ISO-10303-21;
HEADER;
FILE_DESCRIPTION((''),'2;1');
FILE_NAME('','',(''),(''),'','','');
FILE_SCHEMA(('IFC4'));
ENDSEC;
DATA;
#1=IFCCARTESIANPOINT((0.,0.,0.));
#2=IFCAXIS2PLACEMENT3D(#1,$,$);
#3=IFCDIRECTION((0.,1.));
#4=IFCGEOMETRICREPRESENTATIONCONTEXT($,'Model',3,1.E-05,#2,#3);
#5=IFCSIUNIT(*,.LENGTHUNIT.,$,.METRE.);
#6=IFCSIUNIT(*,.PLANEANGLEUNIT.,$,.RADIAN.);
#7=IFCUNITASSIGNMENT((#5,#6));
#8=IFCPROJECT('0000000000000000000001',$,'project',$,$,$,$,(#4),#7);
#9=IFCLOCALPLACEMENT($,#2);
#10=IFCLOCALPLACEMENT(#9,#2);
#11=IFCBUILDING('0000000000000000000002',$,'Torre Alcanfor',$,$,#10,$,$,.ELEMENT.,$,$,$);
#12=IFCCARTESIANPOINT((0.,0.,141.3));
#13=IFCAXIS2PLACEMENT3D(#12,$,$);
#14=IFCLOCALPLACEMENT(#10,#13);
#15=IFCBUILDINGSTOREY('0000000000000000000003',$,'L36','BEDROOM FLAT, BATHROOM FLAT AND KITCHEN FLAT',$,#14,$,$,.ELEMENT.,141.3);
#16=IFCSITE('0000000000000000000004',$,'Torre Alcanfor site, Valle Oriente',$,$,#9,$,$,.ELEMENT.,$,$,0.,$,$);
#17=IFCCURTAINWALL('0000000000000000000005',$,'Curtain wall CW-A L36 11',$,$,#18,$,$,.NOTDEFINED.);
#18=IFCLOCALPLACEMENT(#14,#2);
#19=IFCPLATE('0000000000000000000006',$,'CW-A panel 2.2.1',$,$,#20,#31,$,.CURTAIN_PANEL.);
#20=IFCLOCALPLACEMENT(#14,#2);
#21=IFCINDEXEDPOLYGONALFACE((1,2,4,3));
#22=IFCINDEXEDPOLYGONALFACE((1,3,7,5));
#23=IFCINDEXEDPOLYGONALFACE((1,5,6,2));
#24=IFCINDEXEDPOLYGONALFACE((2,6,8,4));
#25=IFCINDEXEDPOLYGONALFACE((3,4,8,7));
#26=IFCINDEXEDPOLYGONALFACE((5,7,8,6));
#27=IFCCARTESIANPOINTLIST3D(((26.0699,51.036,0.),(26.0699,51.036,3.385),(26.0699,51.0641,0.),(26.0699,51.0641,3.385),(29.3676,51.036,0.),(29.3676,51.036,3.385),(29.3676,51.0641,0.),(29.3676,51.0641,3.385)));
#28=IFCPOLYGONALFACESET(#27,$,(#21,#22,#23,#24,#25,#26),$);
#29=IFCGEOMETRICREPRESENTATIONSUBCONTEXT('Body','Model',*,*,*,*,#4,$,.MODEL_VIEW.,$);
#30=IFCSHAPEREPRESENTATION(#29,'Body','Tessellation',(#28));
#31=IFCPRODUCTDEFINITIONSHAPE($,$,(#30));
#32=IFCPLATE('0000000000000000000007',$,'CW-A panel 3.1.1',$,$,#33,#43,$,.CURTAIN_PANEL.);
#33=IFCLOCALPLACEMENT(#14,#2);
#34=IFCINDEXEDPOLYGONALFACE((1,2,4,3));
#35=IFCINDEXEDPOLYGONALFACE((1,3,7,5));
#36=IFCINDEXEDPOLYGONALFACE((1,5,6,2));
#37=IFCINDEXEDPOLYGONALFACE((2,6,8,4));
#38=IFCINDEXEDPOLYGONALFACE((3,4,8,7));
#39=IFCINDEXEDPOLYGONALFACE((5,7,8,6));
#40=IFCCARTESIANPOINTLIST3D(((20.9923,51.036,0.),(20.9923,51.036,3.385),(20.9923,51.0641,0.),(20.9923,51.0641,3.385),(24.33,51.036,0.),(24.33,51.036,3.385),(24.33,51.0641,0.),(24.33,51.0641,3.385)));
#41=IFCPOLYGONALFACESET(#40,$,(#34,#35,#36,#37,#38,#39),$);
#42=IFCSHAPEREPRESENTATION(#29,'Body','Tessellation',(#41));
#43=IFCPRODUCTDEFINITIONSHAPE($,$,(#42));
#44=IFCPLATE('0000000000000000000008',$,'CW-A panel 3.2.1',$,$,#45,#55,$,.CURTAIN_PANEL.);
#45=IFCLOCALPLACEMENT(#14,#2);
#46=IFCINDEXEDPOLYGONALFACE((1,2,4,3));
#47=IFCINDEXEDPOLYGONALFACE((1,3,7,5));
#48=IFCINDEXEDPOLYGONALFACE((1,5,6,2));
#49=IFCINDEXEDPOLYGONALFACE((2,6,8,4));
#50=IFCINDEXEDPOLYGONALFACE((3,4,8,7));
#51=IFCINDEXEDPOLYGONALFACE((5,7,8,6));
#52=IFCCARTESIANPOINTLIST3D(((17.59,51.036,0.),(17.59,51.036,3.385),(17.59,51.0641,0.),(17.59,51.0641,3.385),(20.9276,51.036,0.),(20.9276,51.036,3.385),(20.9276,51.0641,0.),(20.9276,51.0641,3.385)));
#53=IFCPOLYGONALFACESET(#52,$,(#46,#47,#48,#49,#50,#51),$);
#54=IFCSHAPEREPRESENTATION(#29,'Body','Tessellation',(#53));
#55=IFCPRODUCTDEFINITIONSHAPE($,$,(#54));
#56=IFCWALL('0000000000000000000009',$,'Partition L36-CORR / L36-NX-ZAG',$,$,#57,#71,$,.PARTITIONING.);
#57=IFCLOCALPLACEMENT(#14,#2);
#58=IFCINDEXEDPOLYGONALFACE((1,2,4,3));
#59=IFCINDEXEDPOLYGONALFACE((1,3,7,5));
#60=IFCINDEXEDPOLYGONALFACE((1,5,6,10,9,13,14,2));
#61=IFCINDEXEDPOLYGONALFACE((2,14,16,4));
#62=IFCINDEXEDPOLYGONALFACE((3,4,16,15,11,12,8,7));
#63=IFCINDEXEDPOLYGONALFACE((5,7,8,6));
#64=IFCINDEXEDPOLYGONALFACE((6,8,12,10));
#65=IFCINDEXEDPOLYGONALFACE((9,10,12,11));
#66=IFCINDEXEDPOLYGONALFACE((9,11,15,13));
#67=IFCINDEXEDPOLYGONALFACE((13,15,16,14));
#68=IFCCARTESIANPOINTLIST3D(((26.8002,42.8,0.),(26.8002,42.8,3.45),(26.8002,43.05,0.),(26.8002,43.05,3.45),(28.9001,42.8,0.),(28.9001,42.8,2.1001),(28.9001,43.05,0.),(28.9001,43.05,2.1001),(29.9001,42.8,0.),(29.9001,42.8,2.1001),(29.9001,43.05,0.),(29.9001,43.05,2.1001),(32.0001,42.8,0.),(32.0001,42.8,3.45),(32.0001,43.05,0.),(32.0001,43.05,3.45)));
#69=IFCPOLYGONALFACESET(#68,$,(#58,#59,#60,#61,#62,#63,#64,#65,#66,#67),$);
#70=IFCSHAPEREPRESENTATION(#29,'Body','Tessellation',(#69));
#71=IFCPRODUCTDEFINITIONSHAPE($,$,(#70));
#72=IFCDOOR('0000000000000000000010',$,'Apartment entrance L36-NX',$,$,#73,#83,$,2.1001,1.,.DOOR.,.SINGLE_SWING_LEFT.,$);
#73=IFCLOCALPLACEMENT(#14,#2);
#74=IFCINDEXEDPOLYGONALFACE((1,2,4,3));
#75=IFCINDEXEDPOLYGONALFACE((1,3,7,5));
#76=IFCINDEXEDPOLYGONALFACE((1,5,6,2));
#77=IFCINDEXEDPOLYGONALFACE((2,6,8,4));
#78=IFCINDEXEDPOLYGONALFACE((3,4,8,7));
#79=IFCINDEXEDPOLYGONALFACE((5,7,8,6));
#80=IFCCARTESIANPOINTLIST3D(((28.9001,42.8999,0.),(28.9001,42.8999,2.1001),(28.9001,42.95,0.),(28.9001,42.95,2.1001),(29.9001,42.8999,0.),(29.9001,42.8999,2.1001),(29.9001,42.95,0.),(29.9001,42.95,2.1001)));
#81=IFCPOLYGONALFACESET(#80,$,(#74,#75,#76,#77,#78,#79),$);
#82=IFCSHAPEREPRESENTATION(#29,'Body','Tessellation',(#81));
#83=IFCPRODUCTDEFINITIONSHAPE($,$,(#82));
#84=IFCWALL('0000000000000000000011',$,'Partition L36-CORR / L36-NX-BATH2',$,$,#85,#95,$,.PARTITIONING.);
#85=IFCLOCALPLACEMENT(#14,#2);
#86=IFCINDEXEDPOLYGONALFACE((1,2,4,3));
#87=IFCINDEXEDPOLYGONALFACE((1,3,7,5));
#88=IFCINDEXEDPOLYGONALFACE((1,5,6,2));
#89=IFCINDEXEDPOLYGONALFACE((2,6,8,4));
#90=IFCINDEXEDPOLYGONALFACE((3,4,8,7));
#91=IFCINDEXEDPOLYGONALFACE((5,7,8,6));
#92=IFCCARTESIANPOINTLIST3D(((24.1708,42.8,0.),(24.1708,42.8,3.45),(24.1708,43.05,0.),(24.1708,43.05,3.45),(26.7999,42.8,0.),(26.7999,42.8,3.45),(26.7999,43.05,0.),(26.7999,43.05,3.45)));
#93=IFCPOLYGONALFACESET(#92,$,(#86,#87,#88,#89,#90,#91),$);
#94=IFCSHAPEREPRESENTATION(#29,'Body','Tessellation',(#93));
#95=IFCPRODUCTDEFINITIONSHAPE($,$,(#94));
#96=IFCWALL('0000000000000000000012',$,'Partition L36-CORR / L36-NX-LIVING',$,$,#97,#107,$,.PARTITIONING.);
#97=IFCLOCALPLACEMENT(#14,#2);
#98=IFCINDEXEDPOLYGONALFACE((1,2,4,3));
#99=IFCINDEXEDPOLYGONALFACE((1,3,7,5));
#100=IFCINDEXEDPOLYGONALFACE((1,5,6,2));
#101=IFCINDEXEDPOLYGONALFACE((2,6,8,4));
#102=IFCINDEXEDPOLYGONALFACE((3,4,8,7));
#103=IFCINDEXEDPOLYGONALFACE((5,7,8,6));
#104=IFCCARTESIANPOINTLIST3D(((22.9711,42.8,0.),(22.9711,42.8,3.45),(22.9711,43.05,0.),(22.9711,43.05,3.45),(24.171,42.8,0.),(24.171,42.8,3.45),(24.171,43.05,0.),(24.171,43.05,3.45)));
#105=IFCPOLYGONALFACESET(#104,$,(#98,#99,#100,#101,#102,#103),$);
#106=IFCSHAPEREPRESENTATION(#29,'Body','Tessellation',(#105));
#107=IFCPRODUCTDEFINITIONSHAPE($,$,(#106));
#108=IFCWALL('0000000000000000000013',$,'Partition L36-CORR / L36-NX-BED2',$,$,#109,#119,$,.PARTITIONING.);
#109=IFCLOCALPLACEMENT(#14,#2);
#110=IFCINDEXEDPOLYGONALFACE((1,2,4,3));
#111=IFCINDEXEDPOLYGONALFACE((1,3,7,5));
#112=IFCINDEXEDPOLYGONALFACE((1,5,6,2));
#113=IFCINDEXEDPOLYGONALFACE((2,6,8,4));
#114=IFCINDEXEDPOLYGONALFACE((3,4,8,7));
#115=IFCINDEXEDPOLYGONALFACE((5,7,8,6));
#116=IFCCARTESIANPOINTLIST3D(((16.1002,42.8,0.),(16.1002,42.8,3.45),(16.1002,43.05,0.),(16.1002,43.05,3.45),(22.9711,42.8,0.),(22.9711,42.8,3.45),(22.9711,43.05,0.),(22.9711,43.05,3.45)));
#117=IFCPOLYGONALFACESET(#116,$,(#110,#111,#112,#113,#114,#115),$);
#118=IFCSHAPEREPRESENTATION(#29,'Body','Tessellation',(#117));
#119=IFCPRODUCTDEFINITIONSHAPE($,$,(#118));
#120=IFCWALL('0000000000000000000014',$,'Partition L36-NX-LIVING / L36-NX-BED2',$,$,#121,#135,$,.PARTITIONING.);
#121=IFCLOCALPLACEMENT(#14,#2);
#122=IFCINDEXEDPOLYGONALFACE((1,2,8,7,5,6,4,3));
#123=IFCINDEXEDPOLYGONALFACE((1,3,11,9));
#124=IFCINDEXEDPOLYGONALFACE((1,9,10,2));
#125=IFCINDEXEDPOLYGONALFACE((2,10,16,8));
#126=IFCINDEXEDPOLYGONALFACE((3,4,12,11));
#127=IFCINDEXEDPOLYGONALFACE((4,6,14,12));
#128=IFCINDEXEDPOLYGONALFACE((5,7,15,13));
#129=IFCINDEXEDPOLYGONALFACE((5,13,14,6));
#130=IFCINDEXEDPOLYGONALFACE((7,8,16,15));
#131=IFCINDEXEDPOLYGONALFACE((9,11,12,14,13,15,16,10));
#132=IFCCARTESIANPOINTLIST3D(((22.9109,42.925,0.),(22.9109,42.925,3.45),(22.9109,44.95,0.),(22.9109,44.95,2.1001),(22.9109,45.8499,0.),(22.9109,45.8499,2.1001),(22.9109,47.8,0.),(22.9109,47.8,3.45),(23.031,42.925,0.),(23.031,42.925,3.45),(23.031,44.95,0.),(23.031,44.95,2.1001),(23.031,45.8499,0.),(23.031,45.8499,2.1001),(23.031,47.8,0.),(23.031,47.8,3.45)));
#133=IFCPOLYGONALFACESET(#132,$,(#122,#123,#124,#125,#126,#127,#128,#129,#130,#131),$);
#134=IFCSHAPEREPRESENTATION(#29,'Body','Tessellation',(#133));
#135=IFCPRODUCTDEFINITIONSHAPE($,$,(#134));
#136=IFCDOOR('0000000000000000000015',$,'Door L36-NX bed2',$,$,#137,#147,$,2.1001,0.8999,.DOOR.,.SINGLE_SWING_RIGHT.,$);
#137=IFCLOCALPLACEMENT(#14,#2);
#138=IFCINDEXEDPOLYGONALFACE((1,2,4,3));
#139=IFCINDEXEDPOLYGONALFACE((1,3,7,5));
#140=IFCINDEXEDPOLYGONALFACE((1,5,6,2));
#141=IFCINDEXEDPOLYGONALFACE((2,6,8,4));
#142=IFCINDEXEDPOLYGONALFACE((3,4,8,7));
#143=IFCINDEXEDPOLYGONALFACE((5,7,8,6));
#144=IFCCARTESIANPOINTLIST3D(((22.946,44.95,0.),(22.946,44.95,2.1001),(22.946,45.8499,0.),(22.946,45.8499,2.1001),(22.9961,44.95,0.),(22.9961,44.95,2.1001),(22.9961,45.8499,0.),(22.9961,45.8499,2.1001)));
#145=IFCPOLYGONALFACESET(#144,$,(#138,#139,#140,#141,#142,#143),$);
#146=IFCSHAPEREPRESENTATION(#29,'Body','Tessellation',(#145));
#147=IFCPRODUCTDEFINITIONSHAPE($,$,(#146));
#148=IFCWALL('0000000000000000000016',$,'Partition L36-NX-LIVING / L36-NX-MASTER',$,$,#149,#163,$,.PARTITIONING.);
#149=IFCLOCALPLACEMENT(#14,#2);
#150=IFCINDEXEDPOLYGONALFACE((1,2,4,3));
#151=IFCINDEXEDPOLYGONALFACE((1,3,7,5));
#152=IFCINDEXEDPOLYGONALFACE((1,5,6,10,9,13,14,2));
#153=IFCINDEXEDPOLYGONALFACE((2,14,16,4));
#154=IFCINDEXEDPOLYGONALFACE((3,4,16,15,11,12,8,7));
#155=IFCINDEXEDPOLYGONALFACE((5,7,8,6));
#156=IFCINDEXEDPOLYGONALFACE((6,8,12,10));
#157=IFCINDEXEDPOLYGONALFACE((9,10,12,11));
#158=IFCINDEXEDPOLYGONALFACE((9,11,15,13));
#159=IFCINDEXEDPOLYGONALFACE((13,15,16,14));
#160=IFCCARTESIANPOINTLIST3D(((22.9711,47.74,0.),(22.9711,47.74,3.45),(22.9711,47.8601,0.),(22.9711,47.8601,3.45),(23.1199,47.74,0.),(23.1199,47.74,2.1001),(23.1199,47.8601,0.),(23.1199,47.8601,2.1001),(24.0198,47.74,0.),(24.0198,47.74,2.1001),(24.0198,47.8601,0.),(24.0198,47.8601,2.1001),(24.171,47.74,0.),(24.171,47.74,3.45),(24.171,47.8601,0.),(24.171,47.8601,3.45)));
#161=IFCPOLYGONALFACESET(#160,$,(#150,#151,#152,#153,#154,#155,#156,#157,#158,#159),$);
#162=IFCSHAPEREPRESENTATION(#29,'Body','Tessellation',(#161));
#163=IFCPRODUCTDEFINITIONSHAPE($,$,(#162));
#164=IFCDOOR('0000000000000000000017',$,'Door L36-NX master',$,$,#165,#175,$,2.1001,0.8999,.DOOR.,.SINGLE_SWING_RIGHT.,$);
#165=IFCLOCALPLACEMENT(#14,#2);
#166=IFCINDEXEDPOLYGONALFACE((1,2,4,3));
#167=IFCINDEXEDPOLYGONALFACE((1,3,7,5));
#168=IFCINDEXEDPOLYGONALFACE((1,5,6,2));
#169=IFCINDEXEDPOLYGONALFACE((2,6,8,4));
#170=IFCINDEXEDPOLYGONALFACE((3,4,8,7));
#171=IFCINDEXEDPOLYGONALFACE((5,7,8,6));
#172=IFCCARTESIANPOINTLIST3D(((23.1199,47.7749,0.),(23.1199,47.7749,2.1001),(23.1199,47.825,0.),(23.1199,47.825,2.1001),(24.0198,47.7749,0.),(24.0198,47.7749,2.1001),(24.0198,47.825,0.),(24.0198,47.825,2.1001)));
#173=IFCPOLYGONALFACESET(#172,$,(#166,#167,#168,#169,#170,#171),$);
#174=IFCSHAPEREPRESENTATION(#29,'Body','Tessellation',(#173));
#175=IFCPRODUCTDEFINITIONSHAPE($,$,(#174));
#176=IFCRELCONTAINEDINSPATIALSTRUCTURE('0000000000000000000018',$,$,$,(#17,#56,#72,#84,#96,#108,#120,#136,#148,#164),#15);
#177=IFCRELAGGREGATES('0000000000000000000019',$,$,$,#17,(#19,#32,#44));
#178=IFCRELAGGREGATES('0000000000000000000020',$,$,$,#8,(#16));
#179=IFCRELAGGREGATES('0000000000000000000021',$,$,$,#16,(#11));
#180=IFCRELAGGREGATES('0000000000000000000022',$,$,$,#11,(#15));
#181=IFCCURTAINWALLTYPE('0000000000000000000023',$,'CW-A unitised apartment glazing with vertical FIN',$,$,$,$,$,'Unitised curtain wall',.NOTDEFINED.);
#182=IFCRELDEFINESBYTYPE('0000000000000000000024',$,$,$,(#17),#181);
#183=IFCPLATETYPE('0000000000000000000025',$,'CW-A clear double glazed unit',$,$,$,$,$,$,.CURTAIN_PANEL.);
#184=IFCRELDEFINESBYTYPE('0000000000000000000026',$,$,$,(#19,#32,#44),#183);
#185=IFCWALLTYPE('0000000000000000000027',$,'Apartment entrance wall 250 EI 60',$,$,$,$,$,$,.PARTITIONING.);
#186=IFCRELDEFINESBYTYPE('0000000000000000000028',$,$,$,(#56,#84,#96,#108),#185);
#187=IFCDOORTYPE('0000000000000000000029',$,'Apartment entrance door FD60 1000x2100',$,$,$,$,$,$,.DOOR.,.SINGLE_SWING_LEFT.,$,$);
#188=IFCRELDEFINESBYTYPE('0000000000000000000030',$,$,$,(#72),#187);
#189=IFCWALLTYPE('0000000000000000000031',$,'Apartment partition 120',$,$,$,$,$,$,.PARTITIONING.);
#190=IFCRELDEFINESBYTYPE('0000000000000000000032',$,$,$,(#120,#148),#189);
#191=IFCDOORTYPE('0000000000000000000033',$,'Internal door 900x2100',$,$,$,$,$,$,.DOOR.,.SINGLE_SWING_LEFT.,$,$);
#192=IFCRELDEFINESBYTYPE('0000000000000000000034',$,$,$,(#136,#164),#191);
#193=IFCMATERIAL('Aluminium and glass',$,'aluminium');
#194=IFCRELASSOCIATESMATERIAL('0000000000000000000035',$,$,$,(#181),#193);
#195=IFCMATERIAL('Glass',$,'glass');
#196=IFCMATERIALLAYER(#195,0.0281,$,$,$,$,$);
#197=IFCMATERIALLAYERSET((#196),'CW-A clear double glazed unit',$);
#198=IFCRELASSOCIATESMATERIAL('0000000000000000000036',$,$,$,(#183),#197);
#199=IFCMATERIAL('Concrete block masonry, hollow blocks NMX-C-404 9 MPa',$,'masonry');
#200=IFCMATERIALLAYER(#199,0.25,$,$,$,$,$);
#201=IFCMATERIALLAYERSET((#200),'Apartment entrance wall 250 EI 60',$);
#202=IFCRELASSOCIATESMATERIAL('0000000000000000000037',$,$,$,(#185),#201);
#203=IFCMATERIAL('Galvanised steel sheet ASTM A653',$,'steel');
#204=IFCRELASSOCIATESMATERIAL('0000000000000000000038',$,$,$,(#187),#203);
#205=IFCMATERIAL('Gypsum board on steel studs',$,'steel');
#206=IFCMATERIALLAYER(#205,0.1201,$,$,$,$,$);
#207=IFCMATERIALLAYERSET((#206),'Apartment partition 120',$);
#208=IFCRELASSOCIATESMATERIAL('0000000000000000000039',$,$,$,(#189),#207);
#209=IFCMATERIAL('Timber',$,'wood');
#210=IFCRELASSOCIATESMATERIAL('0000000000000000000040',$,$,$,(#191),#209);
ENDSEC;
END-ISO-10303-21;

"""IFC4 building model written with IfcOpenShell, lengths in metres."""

from ifc_helpers import new_model, si_unit, direction, frame, frame_2d, origin, origin_2d, place, context, subcontext, project, spatial, rectangle, extrude, material, layer, layer_set, type_object, element, fill, aggregate, save


model = new_model("IFC4")

# Units and contexts
model_context = context("Model", 3, precision=1e-05, world=origin(), true_north=direction((0.0, 1.0)))
body_context = subcontext(model_context, "Body", "Model", "MODEL_VIEW")
ifc_project = project(units=[si_unit("LENGTHUNIT", "METRE"), si_unit("PLANEANGLEUNIT", "RADIAN")], contexts=[model_context])

# Site, building, storey
site_placement = place(None, origin())
site = spatial("IfcSite", under=ifc_project, at=site_placement, Name="Torre Alcanfor site, Valle Oriente", CompositionType="ELEMENT", RefElevation=0.0)
building_placement = place(site_placement, origin())
building = spatial("IfcBuilding", under=site, at=building_placement, Name="Torre Alcanfor", CompositionType="ELEMENT")
storey_placement = place(building_placement, frame((0.0, 0.0, 141.3)))
storey = spatial("IfcBuildingStorey", under=building, at=storey_placement, Name="L36", Description="BEDROOM FLAT, BATHROOM FLAT AND KITCHEN FLAT", CompositionType="ELEMENT", Elevation=141.3)

# Curtain wall
ifc_material_1 = material(Name="Aluminium and glass", Category="aluminium")
curtain_wall_type = type_object("IfcCurtainWallType", Name="CW-A unitised apartment glazing with vertical FIN", ElementType="Unitised curtain wall", PredefinedType="NOTDEFINED", material=ifc_material_1)
curtain_wall_placement = place(storey_placement, origin())
curtain_wall = element("IfcCurtainWall", 1, at=curtain_wall_placement, inside=storey, type_object=curtain_wall_type, Name="Curtain wall CW-A L36 11", PredefinedType="NOTDEFINED")

# Plates
ifc_material_2 = material(Name="Glass", Category="glass")
ifc_layer_1 = layer(ifc_material_2, 0.0281)
ifc_layer_set_1 = layer_set([ifc_layer_1], Name="CW-A clear double glazed unit")
plate_type = type_object("IfcPlateType", Name="CW-A clear double glazed unit", PredefinedType="CURTAIN_PANEL", material=ifc_layer_set_1)
plate_1_placement = place(storey_placement, frame((27.7188, 51.05, 0.0), z_axis=(0.0, 0.0, 1.0), x_axis=(-1.0, 0.0, 0.0)))
plate_1 = element("IfcPlate", 2, at=plate_1_placement, type_object=plate_type, Name="CW-A panel 2.2.1", PredefinedType="CURTAIN_PANEL", context=body_context, shape_type="SweptSolid", body=[
    extrude(rectangle(XDim=3.2976, YDim=0.0281, at=origin_2d()), origin(), (0.0, 0.0, 1.0), 3.385),
])
plate_2_placement = place(storey_placement, frame((22.6611, 51.05, 0.0), z_axis=(0.0, 0.0, 1.0), x_axis=(-1.0, 0.0, 0.0)))
plate_2 = element("IfcPlate", 3, at=plate_2_placement, type_object=plate_type, Name="CW-A panel 3.1.1", PredefinedType="CURTAIN_PANEL", context=body_context, shape_type="SweptSolid", body=[
    extrude(rectangle(XDim=3.3376, YDim=0.0281, at=origin_2d()), origin(), (0.0, 0.0, 1.0), 3.385),
])
plate_3_placement = place(storey_placement, frame((19.2588, 51.05, 0.0), z_axis=(0.0, 0.0, 1.0), x_axis=(-1.0, 0.0, 0.0)))
plate_3 = element("IfcPlate", 4, at=plate_3_placement, type_object=plate_type, Name="CW-A panel 3.2.1", PredefinedType="CURTAIN_PANEL", context=body_context, shape_type="SweptSolid", body=[
    extrude(rectangle(XDim=3.3376, YDim=0.0281, at=origin_2d()), origin(), (0.0, 0.0, 1.0), 3.385),
])
aggregate(curtain_wall, [plate_1, plate_2, plate_3])

# Wall, opening, door
ifc_material_3 = material(Name="Concrete block masonry, hollow blocks NMX-C-404 9 MPa", Category="masonry")
ifc_layer_2 = layer(ifc_material_3, 0.25)
ifc_layer_set_2 = layer_set([ifc_layer_2], Name="Apartment entrance wall 250 EI 60")
wall_type_1 = type_object("IfcWallType", Name="Apartment entrance wall 250 EI 60", PredefinedType="PARTITIONING", material=ifc_layer_set_2)
wall_1_placement = place(storey_placement, frame((26.8, 42.925, 0.0), z_axis=(0.0, 0.0, 1.0), x_axis=(1.0, 0.0, 0.0)))
wall_1 = element("IfcWall", 5, at=wall_1_placement, inside=storey, type_object=wall_type_1, Name="Partition L36-CORR / L36-NX-ZAG", PredefinedType="PARTITIONING", context=body_context, shape_type="SweptSolid", body=[
    extrude(rectangle(XDim=5.2, YDim=0.25, at=frame_2d((2.6001, 0.0))), origin(), (0.0, 0.0, 1.0), 3.45),
])
opening_1_placement = place(wall_1_placement, frame((2.1001, 0.0, 0.0)))
opening_1 = element("IfcOpeningElement", 6, at=opening_1_placement, cuts=wall_1, PredefinedType="OPENING", context=body_context, shape_type="SweptSolid", body=[
    extrude(rectangle(XDim=1.0, YDim=2.1001, at=frame_2d((0.5, 1.05))), frame((0.0, 0.135, 0.0), z_axis=(0.0, -1.0, 0.0), x_axis=(1.0, 0.0, 0.0)), (0.0, 0.0, 1.0), 0.27),
])
ifc_material_4 = material(Name="Galvanised steel sheet ASTM A653", Category="steel")
door_type_1 = type_object("IfcDoorType", Name="Apartment entrance door FD60 1000x2100", OperationType="SINGLE_SWING_LEFT", PredefinedType="DOOR", material=ifc_material_4)
door_1_placement = place(opening_1_placement, origin())
door_1 = element("IfcDoor", 7, at=door_1_placement, inside=storey, type_object=door_type_1, Name="Apartment entrance L36-NX", OperationType="SINGLE_SWING_LEFT", OverallHeight=2.1001, OverallWidth=1.0, PredefinedType="DOOR", context=body_context, shape_type="SweptSolid", body=[
    extrude(rectangle(XDim=1.0, YDim=2.1001, at=frame_2d((0.5, 1.05))), frame((0.0, 0.0249, 0.0), z_axis=(0.0, -1.0, 0.0), x_axis=(1.0, 0.0, 0.0)), (0.0, 0.0, 1.0), 0.05),
])
fill(opening_1, door_1)

# Walls
wall_2_placement = place(storey_placement, frame((24.1709, 42.925, 0.0), z_axis=(0.0, 0.0, 1.0), x_axis=(1.0, 0.0, 0.0)))
element("IfcWall", 8, at=wall_2_placement, inside=storey, type_object=wall_type_1, Name="Partition L36-CORR / L36-NX-BATH2", PredefinedType="PARTITIONING", context=body_context, shape_type="SweptSolid", body=[
    extrude(rectangle(XDim=2.6292, YDim=0.25, at=frame_2d((1.3145, 0.0))), origin(), (0.0, 0.0, 1.0), 3.45),
])
wall_3_placement = place(storey_placement, frame((22.9709, 42.925, 0.0), z_axis=(0.0, 0.0, 1.0), x_axis=(1.0, 0.0, 0.0)))
element("IfcWall", 9, at=wall_3_placement, inside=storey, type_object=wall_type_1, Name="Partition L36-CORR / L36-NX-LIVING", PredefinedType="PARTITIONING", context=body_context, shape_type="SweptSolid", body=[
    extrude(rectangle(XDim=1.2, YDim=0.25, at=frame_2d((0.6001, 0.0))), origin(), (0.0, 0.0, 1.0), 3.45),
])
wall_4_placement = place(storey_placement, frame((16.1001, 42.925, 0.0), z_axis=(0.0, 0.0, 1.0), x_axis=(1.0, 0.0, 0.0)))
element("IfcWall", 10, at=wall_4_placement, inside=storey, type_object=wall_type_1, Name="Partition L36-CORR / L36-NX-BED2", PredefinedType="PARTITIONING", context=body_context, shape_type="SweptSolid", body=[
    extrude(rectangle(XDim=6.8708, YDim=0.25, at=frame_2d((3.4355, 0.0))), origin(), (0.0, 0.0, 1.0), 3.45),
])

# Walls, openings, doors
ifc_material_5 = material(Name="Gypsum board on steel studs", Category="steel")
ifc_layer_3 = layer(ifc_material_5, 0.1201)
ifc_layer_set_3 = layer_set([ifc_layer_3], Name="Apartment partition 120")
wall_type_2 = type_object("IfcWallType", Name="Apartment partition 120", PredefinedType="PARTITIONING", material=ifc_layer_set_3)
wall_5_placement = place(storey_placement, frame((22.9709, 42.925, 0.0), z_axis=(0.0, 0.0, 1.0), x_axis=(0.0, 1.0, 0.0)))
wall_5 = element("IfcWall", 11, at=wall_5_placement, inside=storey, type_object=wall_type_2, Name="Partition L36-NX-LIVING / L36-NX-BED2", PredefinedType="PARTITIONING", context=body_context, shape_type="SweptSolid", body=[
    extrude(rectangle(XDim=4.875, YDim=0.1201, at=frame_2d((2.4375, 0.0))), origin(), (0.0, 0.0, 1.0), 3.45),
])
opening_2_placement = place(wall_5_placement, frame((2.0249, 0.0, 0.0)))
opening_2 = element("IfcOpeningElement", 12, at=opening_2_placement, cuts=wall_5, PredefinedType="OPENING", context=body_context, shape_type="SweptSolid", body=[
    extrude(rectangle(XDim=0.8999, YDim=2.1001, at=frame_2d((0.45, 1.05))), frame((0.0, 0.0701, 0.0), z_axis=(0.0, -1.0, 0.0), x_axis=(1.0, 0.0, 0.0)), (0.0, 0.0, 1.0), 0.1401),
])
ifc_material_6 = material(Name="Timber", Category="wood")
door_type_2 = type_object("IfcDoorType", Name="Internal door 900x2100", OperationType="SINGLE_SWING_LEFT", PredefinedType="DOOR", material=ifc_material_6)
door_2_placement = place(opening_2_placement, origin())
door_2 = element("IfcDoor", 13, at=door_2_placement, inside=storey, type_object=door_type_2, Name="Door L36-NX bed2", OperationType="SINGLE_SWING_RIGHT", OverallHeight=2.1001, OverallWidth=0.8999, PredefinedType="DOOR", context=body_context, shape_type="SweptSolid", body=[
    extrude(rectangle(XDim=0.8999, YDim=2.1001, at=frame_2d((0.45, 1.05))), frame((0.0, 0.0249, 0.0), z_axis=(0.0, -1.0, 0.0), x_axis=(1.0, 0.0, 0.0)), (0.0, 0.0, 1.0), 0.05),
])
fill(opening_2, door_2)
wall_6_placement = place(storey_placement, frame((22.9709, 47.8, 0.0), z_axis=(0.0, 0.0, 1.0), x_axis=(1.0, 0.0, 0.0)))
wall_6 = element("IfcWall", 14, at=wall_6_placement, inside=storey, type_object=wall_type_2, Name="Partition L36-NX-LIVING / L36-NX-MASTER", PredefinedType="PARTITIONING", context=body_context, shape_type="SweptSolid", body=[
    extrude(rectangle(XDim=1.2, YDim=0.1201, at=frame_2d((0.6001, 0.0))), origin(), (0.0, 0.0, 1.0), 3.45),
])
opening_3_placement = place(wall_6_placement, frame((0.1489, 0.0, 0.0)))
opening_3 = element("IfcOpeningElement", 15, at=opening_3_placement, cuts=wall_6, PredefinedType="OPENING", context=body_context, shape_type="SweptSolid", body=[
    extrude(rectangle(XDim=0.8999, YDim=2.1001, at=frame_2d((0.45, 1.05))), frame((0.0, 0.0701, 0.0), z_axis=(0.0, -1.0, 0.0), x_axis=(1.0, 0.0, 0.0)), (0.0, 0.0, 1.0), 0.1401),
])
door_3_placement = place(opening_3_placement, origin())
door_3 = element("IfcDoor", 16, at=door_3_placement, inside=storey, type_object=door_type_2, Name="Door L36-NX master", OperationType="SINGLE_SWING_RIGHT", OverallHeight=2.1001, OverallWidth=0.8999, PredefinedType="DOOR", context=body_context, shape_type="SweptSolid", body=[
    extrude(rectangle(XDim=0.8999, YDim=2.1001, at=frame_2d((0.45, 1.05))), frame((0.0, 0.0249, 0.0), z_axis=(0.0, -1.0, 0.0), x_axis=(1.0, 0.0, 0.0)), (0.0, 0.0, 1.0), 0.05),
])
fill(opening_3, door_3)

save(model, "model.ifc")
